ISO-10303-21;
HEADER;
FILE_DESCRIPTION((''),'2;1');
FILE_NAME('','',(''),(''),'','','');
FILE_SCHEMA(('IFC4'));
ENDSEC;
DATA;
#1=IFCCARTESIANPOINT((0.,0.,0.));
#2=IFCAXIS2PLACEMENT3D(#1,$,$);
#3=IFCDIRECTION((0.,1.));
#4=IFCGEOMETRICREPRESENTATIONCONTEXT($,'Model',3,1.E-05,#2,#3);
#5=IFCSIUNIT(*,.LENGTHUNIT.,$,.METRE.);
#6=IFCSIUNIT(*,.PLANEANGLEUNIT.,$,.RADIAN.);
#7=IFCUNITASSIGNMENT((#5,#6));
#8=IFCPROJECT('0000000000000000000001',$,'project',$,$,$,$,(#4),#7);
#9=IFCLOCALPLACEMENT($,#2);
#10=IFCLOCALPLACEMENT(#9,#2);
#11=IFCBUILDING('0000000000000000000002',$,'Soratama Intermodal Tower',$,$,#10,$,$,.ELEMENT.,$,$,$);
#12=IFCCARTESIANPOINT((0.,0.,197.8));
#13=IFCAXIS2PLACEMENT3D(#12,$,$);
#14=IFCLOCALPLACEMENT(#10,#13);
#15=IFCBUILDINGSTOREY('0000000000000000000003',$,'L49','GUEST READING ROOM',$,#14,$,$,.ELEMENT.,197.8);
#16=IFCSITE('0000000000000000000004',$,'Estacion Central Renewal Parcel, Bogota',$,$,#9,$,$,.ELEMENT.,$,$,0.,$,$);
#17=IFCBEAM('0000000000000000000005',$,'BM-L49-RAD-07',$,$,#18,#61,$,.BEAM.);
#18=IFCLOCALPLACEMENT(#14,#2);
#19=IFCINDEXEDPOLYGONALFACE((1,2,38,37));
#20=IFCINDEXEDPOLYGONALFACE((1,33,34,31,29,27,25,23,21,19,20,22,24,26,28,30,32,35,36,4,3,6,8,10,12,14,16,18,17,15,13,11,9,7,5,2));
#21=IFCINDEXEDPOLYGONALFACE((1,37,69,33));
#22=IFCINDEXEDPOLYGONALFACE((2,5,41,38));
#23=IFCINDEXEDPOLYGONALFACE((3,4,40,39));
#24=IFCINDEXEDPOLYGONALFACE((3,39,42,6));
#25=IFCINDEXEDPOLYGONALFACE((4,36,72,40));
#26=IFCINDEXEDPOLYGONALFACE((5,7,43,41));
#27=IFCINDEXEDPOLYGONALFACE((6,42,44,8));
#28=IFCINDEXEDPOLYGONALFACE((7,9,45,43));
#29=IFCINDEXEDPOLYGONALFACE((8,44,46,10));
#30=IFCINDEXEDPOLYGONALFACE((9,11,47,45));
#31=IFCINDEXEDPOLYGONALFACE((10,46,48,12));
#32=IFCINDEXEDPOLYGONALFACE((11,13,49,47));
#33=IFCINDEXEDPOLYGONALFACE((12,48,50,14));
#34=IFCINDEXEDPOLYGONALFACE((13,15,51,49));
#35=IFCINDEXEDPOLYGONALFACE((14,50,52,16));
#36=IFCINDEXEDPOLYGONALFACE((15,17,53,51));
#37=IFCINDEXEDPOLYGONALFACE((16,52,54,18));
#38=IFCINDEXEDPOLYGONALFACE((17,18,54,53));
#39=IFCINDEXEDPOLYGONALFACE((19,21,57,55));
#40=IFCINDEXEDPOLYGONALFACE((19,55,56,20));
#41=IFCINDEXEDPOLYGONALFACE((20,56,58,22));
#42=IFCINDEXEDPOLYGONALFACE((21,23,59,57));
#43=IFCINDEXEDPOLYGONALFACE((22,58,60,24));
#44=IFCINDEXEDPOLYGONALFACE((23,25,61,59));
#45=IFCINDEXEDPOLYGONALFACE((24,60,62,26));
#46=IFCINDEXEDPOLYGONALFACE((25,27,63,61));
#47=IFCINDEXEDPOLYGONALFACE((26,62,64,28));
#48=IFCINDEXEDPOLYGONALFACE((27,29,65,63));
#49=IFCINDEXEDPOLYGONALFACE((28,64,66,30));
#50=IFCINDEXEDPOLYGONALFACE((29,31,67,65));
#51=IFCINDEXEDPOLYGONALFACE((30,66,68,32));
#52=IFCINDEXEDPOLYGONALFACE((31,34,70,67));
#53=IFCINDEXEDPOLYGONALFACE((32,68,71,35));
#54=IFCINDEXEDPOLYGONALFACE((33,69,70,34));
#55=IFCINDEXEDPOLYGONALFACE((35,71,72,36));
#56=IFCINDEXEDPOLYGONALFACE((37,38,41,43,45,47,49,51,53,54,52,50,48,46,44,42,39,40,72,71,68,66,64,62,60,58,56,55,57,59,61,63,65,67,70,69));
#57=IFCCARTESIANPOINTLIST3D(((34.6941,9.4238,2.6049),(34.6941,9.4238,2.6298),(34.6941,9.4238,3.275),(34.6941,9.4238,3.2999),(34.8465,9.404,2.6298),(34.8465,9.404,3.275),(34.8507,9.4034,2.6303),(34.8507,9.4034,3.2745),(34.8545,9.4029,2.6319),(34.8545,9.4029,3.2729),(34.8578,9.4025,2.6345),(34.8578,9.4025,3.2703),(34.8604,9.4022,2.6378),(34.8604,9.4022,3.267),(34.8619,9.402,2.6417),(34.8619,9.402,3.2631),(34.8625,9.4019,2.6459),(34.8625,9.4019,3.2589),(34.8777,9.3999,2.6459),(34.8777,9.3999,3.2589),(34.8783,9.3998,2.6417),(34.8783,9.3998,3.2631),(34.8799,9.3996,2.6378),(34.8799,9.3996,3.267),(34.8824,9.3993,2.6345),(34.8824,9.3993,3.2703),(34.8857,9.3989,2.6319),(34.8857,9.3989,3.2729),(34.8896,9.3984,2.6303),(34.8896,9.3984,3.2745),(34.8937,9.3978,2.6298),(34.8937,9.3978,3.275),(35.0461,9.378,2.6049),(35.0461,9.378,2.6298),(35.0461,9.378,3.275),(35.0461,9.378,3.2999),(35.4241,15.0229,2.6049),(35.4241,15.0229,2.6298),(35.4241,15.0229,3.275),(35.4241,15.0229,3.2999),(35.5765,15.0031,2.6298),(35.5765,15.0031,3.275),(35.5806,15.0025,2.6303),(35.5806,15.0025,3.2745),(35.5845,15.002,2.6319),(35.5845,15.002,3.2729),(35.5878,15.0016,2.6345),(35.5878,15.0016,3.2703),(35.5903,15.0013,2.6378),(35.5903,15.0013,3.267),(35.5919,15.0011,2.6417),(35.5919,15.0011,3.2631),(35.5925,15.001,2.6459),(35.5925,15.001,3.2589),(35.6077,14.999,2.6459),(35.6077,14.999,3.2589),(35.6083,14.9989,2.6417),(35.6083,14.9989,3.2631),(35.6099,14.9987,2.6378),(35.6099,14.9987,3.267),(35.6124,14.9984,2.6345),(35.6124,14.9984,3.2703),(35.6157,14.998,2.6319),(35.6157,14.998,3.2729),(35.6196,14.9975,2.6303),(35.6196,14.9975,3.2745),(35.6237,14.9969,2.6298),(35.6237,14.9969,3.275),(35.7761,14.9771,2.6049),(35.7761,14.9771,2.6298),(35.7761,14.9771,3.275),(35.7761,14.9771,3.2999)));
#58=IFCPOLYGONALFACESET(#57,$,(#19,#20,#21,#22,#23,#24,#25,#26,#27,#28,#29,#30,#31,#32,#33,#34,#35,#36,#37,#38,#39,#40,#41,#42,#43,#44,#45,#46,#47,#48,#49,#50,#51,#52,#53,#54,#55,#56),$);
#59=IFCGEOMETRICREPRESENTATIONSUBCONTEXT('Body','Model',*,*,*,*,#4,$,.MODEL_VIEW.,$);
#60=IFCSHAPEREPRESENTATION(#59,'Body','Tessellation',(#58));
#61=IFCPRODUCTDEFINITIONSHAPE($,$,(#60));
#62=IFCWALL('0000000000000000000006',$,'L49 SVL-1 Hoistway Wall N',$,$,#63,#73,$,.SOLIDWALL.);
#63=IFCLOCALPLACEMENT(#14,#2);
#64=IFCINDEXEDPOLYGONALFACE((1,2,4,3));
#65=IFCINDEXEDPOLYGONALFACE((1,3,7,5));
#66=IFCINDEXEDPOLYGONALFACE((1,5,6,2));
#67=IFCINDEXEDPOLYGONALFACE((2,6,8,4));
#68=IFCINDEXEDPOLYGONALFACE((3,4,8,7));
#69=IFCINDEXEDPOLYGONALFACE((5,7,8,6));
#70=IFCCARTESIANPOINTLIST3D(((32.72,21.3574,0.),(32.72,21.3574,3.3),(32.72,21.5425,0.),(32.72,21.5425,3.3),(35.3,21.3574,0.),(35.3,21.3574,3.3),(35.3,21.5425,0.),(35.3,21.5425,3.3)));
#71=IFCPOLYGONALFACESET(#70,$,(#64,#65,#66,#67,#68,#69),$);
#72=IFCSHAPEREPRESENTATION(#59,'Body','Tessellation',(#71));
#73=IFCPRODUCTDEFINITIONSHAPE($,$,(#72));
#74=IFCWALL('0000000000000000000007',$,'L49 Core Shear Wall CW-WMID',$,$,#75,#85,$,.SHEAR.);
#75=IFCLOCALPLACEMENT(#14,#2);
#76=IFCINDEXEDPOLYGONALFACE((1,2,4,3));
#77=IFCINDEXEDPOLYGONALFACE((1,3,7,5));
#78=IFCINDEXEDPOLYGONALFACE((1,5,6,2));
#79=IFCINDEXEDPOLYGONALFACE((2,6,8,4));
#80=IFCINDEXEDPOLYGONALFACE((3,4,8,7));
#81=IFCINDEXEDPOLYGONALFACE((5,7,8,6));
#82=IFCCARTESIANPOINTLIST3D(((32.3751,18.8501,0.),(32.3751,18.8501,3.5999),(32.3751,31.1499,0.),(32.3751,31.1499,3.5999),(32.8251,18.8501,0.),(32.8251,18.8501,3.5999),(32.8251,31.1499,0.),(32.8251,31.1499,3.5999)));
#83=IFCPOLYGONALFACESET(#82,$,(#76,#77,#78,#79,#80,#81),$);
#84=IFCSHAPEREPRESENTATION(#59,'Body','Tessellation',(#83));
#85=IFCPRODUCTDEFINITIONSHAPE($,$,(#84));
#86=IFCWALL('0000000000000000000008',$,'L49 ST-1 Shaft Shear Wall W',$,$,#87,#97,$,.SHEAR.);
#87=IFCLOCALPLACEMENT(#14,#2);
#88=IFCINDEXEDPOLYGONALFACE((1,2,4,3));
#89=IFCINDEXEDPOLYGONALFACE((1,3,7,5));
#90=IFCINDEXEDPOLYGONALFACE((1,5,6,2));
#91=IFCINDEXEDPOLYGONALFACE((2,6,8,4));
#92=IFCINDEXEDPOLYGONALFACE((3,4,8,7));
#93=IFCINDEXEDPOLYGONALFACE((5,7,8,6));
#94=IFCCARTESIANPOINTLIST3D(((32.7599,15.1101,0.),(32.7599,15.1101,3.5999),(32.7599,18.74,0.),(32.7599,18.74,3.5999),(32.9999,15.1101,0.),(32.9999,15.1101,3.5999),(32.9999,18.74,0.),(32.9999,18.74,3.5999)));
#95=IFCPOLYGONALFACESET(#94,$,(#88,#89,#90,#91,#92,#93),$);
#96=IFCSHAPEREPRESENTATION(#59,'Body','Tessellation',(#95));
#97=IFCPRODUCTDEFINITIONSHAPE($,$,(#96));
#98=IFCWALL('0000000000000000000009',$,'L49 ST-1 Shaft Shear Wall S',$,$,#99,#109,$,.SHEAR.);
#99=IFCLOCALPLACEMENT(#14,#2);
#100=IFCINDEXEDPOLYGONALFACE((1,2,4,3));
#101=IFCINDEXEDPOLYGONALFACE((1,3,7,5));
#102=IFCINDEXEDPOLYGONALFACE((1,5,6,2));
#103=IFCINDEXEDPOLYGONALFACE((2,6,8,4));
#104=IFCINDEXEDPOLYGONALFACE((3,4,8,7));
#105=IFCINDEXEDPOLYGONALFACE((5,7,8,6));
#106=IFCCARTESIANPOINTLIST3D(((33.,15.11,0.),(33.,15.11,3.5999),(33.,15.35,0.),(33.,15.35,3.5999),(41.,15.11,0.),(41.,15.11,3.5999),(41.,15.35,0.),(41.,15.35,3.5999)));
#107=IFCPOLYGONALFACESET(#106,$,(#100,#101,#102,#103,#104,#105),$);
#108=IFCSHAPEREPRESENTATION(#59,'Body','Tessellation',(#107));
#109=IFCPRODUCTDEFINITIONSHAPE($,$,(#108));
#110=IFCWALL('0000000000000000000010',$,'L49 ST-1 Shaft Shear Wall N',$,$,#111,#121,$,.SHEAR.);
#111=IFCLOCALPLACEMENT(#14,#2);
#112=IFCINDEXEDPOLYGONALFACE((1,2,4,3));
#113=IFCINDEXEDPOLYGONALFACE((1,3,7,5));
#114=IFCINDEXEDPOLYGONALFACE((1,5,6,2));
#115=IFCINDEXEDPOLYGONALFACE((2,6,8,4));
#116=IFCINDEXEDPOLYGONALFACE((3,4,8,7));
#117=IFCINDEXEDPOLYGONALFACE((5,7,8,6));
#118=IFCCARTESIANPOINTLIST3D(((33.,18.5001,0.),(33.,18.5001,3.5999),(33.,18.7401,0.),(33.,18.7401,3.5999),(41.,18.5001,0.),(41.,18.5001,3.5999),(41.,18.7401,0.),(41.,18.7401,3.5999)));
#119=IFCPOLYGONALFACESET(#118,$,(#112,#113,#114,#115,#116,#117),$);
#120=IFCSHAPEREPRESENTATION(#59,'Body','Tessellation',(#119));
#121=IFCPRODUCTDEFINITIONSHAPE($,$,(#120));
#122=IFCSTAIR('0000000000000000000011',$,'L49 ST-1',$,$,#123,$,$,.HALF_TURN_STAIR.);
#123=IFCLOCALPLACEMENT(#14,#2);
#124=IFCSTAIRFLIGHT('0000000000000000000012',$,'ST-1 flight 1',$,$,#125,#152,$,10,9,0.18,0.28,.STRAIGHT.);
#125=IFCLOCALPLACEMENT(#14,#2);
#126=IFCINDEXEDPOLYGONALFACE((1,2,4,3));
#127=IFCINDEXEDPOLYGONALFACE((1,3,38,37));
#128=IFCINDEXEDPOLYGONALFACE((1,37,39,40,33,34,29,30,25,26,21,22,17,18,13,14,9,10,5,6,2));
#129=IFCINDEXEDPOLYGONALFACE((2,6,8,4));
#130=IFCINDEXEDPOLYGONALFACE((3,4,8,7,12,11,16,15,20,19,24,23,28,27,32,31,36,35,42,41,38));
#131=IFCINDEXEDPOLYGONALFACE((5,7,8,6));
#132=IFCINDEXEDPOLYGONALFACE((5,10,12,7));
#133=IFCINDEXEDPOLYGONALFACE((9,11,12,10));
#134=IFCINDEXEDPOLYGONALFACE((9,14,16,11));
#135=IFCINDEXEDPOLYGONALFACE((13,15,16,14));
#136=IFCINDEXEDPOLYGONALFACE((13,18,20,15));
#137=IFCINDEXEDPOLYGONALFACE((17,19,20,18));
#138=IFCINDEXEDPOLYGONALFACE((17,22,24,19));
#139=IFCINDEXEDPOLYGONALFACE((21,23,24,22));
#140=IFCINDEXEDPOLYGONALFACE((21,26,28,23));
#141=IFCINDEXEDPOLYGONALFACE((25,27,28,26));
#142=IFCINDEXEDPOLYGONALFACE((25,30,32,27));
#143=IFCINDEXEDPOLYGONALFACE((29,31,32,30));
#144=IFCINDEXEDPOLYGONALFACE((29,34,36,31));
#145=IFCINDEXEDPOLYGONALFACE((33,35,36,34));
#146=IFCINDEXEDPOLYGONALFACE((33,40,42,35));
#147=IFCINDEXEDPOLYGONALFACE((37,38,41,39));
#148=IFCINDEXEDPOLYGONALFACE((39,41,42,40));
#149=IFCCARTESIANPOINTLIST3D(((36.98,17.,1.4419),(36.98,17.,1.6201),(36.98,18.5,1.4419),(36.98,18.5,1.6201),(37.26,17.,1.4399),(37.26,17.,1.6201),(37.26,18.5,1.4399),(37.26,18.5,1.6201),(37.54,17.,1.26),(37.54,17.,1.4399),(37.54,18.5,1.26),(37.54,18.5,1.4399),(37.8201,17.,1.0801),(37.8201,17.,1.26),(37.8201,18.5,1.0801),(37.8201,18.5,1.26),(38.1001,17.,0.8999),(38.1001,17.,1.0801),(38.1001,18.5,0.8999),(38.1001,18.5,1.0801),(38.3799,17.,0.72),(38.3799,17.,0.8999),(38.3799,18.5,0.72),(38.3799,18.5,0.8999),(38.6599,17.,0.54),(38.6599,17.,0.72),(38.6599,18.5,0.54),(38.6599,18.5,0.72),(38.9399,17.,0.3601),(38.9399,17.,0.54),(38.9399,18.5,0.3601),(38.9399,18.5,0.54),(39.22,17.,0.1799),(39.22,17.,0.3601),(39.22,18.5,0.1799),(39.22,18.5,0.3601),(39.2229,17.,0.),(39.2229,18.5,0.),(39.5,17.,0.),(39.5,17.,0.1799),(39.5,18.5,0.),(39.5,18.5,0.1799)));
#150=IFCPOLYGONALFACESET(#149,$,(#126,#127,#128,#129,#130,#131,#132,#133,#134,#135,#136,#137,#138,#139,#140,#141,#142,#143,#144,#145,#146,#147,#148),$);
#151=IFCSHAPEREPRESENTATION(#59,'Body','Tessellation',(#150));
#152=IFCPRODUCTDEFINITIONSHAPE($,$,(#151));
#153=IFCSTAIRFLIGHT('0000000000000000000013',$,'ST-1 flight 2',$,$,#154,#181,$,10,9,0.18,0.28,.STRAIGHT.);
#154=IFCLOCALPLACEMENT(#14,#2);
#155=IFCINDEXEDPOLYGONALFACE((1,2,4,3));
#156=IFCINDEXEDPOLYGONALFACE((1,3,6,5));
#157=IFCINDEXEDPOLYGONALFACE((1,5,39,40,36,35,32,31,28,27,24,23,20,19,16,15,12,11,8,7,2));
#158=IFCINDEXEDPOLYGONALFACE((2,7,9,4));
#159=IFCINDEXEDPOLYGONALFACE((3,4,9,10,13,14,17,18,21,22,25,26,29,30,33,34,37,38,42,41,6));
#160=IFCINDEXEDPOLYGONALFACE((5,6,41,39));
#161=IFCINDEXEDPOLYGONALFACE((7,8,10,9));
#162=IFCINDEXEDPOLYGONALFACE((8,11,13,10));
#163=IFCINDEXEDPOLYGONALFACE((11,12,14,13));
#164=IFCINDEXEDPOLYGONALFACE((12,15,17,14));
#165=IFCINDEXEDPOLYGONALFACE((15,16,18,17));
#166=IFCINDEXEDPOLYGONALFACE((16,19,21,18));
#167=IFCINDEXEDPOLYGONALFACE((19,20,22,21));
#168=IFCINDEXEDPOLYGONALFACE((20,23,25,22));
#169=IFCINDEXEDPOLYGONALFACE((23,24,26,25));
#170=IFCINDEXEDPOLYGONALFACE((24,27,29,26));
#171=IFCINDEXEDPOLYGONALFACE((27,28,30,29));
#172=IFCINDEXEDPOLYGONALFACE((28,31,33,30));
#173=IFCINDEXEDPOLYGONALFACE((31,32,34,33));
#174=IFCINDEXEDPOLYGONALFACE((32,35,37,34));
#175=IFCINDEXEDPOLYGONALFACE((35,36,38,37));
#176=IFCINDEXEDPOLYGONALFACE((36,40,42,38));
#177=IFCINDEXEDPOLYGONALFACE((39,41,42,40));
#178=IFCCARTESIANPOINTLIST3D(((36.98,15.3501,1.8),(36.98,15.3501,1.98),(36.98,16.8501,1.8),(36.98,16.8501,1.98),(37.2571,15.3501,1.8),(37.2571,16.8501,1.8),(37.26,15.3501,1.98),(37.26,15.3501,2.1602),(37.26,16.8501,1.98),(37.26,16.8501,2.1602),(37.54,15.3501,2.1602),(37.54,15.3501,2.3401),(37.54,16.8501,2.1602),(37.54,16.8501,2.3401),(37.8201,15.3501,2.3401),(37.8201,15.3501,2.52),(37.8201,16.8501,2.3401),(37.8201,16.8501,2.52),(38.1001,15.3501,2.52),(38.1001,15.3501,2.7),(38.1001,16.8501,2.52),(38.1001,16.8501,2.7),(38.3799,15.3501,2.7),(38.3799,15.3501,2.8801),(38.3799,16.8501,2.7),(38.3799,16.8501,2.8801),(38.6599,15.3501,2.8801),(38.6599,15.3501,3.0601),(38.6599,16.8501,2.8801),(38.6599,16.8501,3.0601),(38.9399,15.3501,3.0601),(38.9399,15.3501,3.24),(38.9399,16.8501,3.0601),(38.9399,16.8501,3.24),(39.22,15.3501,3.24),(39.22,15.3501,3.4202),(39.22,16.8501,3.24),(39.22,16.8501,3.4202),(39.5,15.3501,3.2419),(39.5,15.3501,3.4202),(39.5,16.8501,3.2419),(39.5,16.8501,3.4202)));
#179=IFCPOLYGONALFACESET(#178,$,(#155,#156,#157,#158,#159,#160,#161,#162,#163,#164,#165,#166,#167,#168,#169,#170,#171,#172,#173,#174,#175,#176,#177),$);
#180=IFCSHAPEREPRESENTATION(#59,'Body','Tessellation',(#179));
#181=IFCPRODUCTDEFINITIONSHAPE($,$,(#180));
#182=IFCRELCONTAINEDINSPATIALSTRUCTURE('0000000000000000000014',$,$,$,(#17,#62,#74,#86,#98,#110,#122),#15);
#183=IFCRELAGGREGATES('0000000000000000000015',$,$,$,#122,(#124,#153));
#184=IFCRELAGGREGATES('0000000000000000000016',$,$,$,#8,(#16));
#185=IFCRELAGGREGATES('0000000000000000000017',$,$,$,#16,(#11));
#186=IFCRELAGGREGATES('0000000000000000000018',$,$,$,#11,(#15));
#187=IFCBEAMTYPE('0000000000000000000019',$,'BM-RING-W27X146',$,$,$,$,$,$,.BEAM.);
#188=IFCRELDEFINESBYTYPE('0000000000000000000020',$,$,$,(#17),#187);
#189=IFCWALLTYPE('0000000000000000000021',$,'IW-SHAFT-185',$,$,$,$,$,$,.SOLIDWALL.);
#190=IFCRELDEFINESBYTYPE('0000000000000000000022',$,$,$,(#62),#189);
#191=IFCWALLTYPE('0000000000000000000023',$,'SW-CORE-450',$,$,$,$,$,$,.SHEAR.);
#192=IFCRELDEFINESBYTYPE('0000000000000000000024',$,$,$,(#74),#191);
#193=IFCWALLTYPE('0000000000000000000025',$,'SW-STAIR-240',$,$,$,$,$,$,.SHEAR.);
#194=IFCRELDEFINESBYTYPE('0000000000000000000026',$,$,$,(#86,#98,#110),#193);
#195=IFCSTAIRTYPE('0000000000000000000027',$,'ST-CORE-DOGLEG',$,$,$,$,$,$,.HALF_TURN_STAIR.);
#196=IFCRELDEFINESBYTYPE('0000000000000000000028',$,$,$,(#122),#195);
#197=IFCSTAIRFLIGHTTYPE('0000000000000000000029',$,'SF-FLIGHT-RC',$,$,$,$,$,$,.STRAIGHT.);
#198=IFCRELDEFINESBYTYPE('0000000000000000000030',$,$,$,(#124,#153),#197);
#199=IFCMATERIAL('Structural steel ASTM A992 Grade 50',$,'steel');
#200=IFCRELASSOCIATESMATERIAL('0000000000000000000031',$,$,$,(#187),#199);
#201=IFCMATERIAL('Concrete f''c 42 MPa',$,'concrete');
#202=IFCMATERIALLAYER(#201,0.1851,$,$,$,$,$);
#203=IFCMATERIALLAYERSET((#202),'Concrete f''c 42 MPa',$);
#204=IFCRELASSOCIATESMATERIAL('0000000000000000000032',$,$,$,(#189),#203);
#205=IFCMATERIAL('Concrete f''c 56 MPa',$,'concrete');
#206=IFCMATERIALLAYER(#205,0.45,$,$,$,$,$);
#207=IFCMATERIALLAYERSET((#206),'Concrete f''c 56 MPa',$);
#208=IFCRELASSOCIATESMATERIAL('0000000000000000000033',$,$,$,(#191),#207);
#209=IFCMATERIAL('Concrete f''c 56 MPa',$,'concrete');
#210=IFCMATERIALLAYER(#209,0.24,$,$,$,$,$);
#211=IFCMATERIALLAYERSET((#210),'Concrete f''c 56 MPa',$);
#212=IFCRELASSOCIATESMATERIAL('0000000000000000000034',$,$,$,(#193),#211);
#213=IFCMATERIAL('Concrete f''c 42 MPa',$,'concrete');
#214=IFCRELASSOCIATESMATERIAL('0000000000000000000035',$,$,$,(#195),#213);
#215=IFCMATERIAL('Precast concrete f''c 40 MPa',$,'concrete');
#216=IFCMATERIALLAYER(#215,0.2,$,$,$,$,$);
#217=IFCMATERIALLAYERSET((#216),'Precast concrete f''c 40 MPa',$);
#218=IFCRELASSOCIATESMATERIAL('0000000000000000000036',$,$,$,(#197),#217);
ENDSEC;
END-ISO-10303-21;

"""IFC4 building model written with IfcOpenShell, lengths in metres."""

from ifc_helpers import new_model, si_unit, direction, frame, frame_2d, origin, origin_2d, place, context, subcontext, project, spatial, polyline, rectangle, i_section, outline, extrude, material, layer, layer_set, material_profile, profile_set, type_object, element, aggregate, save


model = new_model("IFC4")

# Units and contexts
model_context = context("Model", 3, precision=1e-05, world=origin(), true_north=direction((0.0, 1.0)))
body_context = subcontext(model_context, "Body", "Model", "MODEL_VIEW")
ifc_project = project(units=[si_unit("LENGTHUNIT", "METRE"), si_unit("PLANEANGLEUNIT", "RADIAN")], contexts=[model_context])

# Site, building, storey
site_placement = place(None, origin())
site = spatial("IfcSite", under=ifc_project, at=site_placement, Name="Estacion Central Renewal Parcel, Bogota", CompositionType="ELEMENT", RefElevation=0.0)
building_placement = place(site_placement, origin())
building = spatial("IfcBuilding", under=site, at=building_placement, Name="Soratama Intermodal Tower", CompositionType="ELEMENT")
storey_placement = place(building_placement, frame((0.0, 0.0, 197.8)))
storey = spatial("IfcBuildingStorey", under=building, at=storey_placement, Name="L49", Description="GUEST READING ROOM", CompositionType="ELEMENT", Elevation=197.8)

# Beam
ifc_material_1 = material(Name="Structural steel ASTM A992 Grade 50", Category="steel")
ifc_material_profile_1 = material_profile(ifc_material_1, i_section(OverallWidth=0.355, OverallDepth=0.6951, WebThickness=0.0154, FlangeThickness=0.0249, FilletRadius=0.0161, at=origin_2d()), Name="W27X146")
ifc_profile_set_1 = profile_set([ifc_material_profile_1], Name="Structural steel ASTM A992 Grade 50")
beam_type_1 = type_object("IfcBeamType", Name="BM-RING-W27X146", PredefinedType="BEAM", material=ifc_profile_set_1)
beam_1_placement = place(storey_placement, frame((35.6001, 15.0, 2.9524), z_axis=(-0.12928, -0.991608, 0.0), x_axis=(0.991608, -0.12928, 0.0)))
element("IfcBeam", 1, at=beam_1_placement, inside=storey, type_object=beam_type_1, Name="BM-L49-RAD-07", PredefinedType="BEAM", context=body_context, shape_type="SweptSolid", body=[
    extrude(i_section(OverallWidth=0.355, OverallDepth=0.6951, WebThickness=0.0154, FlangeThickness=0.0249, FilletRadius=0.0161, at=origin_2d()), origin(), (0.0, 0.0, 1.0), 5.6465),
])

# Shared definitions
ifc_material_2 = material(Name="Concrete f'c 42 MPa", Category="concrete")
ifc_layer_1 = layer(ifc_material_2, 0.1851)
ifc_layer_set_1 = layer_set([ifc_layer_1], Name="Concrete f'c 42 MPa")
wall_type_1 = type_object("IfcWallType", Name="IW-SHAFT-185", PredefinedType="SOLIDWALL", material=ifc_layer_set_1)

# Wall
wall_1_placement = place(storey_placement, frame((32.72, 21.45, 0.0), z_axis=(0.0, 0.0, 1.0), x_axis=(1.0, 0.0, 0.0)))
element("IfcWall", 2, at=wall_1_placement, inside=storey, type_object=wall_type_1, Name="L49 SVL-1 Hoistway Wall N", PredefinedType="SOLIDWALL", context=body_context, shape_type="SweptSolid", body=[
    extrude(rectangle(XDim=2.5801, YDim=0.1851, at=frame_2d((1.29, 0.0))), origin(), (0.0, 0.0, 1.0), 3.3),
])

# Walls
ifc_material_3 = material(Name="Concrete f'c 56 MPa", Category="concrete")
ifc_layer_2 = layer(ifc_material_3, 0.45)
ifc_layer_set_2 = layer_set([ifc_layer_2], Name="Concrete f'c 56 MPa")
wall_type_2 = type_object("IfcWallType", Name="SW-CORE-450", PredefinedType="SHEAR", material=ifc_layer_set_2)
wall_2_placement = place(storey_placement, frame((32.6001, 18.8501, 0.0), z_axis=(0.0, 0.0, 1.0), x_axis=(0.0, 1.0, 0.0)))
element("IfcWall", 3, at=wall_2_placement, inside=storey, type_object=wall_type_2, Name="L49 Core Shear Wall CW-WMID", PredefinedType="SHEAR", context=body_context, shape_type="SweptSolid", body=[
    extrude(rectangle(XDim=12.2998, YDim=0.45, at=frame_2d((6.1499, 0.0))), origin(), (0.0, 0.0, 1.0), 3.5999),
])
ifc_material_4 = material(Name="Concrete f'c 56 MPa", Category="concrete")
ifc_layer_3 = layer(ifc_material_4, 0.24)
ifc_layer_set_3 = layer_set([ifc_layer_3], Name="Concrete f'c 56 MPa")
wall_type_3 = type_object("IfcWallType", Name="SW-STAIR-240", PredefinedType="SHEAR", material=ifc_layer_set_3)
wall_3_placement = place(storey_placement, frame((32.8799, 15.1101, 0.0), z_axis=(0.0, 0.0, 1.0), x_axis=(0.0, 1.0, 0.0)))
element("IfcWall", 4, at=wall_3_placement, inside=storey, type_object=wall_type_3, Name="L49 ST-1 Shaft Shear Wall W", PredefinedType="SHEAR", context=body_context, shape_type="SweptSolid", body=[
    extrude(rectangle(XDim=3.6299, YDim=0.24, at=frame_2d((1.8149, 0.0))), origin(), (0.0, 0.0, 1.0), 3.5999),
])
for number, where, z_axis, x_axis, name in (
    (5, (33.0, 15.23, 0.0), (0.0, 0.0, 1.0), (1.0, 0.0, 0.0), "L49 ST-1 Shaft Shear Wall S"),
    (6, (33.0, 18.6201, 0.0), (0.0, 0.0, 1.0), (1.0, 0.0, 0.0), "L49 ST-1 Shaft Shear Wall N"),
):
    element("IfcWall", number, at=place(storey_placement, frame(where, z_axis=z_axis, x_axis=x_axis)), inside=storey, type_object=wall_type_3, Name=name, PredefinedType="SHEAR", context=body_context, shape_type="SweptSolid", body=[
        extrude(rectangle(XDim=8.0, YDim=0.24, at=frame_2d((4.0, 0.0))), origin(), (0.0, 0.0, 1.0), 3.5999),
    ])

# Stair, stair flights
ifc_material_5 = material(Name="Concrete f'c 42 MPa", Category="concrete")
stair_type = type_object("IfcStairType", Name="ST-CORE-DOGLEG", PredefinedType="HALF_TURN_STAIR", material=ifc_material_5)
stair_placement = place(storey_placement, origin())
stair = element("IfcStair", 7, at=stair_placement, inside=storey, type_object=stair_type, Name="L49 ST-1", PredefinedType="HALF_TURN_STAIR")
ifc_material_6 = material(Name="Precast concrete f'c 40 MPa", Category="concrete")
ifc_layer_4 = layer(ifc_material_6, 0.2)
ifc_layer_set_4 = layer_set([ifc_layer_4], Name="Precast concrete f'c 40 MPa")
stair_flight_type = type_object("IfcStairFlightType", Name="SF-FLIGHT-RC", PredefinedType="STRAIGHT", material=ifc_layer_set_4)
stair_flight_1_placement = place(storey_placement, frame((39.5, 17.75, 0.0), z_axis=(0.0, 0.0, 1.0), x_axis=(-1.0, 0.0, 0.0)))
stair_flight_1 = element("IfcStairFlight", 8, at=stair_flight_1_placement, type_object=stair_flight_type, Name="ST-1 flight 1", NumberOfRisers=10, NumberOfTreads=9, PredefinedType="STRAIGHT", RiserHeight=0.18, TreadLength=0.28, context=body_context, shape_type="SweptSolid", body=[
    extrude(outline(polyline([(0.0, 0.0), (0.0, 0.1799), (0.28, 0.1799), (0.28, 0.3601), (0.5601, 0.3601), (0.5601, 0.54), (0.8401, 0.54), (0.8401, 0.72), (1.1201, 0.72), (1.1201, 0.8999), (1.3999, 0.8999), (1.3999, 1.0801), (1.6799, 1.0801), (1.6799, 1.26), (1.96, 1.26), (1.96, 1.4399), (2.24, 1.4399), (2.24, 1.6201), (2.52, 1.6201), (2.52, 1.8), (2.52, 1.4419), (0.2771, 0.0), (0.0, 0.0)])), frame((0.0, 0.75, 0.0), z_axis=(0.0, -1.0, 0.0), x_axis=(1.0, 0.0, 0.0)), (0.0, 0.0, 1.0), 1.5),
])
stair_flight_2_placement = place(storey_placement, frame((36.98, 16.1001, 1.8), z_axis=(0.0, 0.0, 1.0), x_axis=(1.0, 0.0, 0.0)))
stair_flight_2 = element("IfcStairFlight", 9, at=stair_flight_2_placement, type_object=stair_flight_type, Name="ST-1 flight 2", NumberOfRisers=10, NumberOfTreads=9, PredefinedType="STRAIGHT", RiserHeight=0.18, TreadLength=0.28, context=body_context, shape_type="SweptSolid", body=[
    extrude(outline(polyline([(0.0, 0.0), (0.0, 0.1799), (0.28, 0.1799), (0.28, 0.3601), (0.5601, 0.3601), (0.5601, 0.54), (0.8401, 0.54), (0.8401, 0.72), (1.1201, 0.72), (1.1201, 0.8999), (1.3999, 0.8999), (1.3999, 1.0801), (1.6799, 1.0801), (1.6799, 1.26), (1.96, 1.26), (1.96, 1.4399), (2.24, 1.4399), (2.24, 1.6201), (2.52, 1.6201), (2.52, 1.8), (2.52, 1.4419), (0.2771, 0.0), (0.0, 0.0)])), frame((0.0, 0.75, 0.0), z_axis=(0.0, -1.0, 0.0), x_axis=(1.0, 0.0, 0.0)), (0.0, 0.0, 1.0), 1.5),
])
aggregate(stair, [stair_flight_1, stair_flight_2])

save(model, "model.ifc")
